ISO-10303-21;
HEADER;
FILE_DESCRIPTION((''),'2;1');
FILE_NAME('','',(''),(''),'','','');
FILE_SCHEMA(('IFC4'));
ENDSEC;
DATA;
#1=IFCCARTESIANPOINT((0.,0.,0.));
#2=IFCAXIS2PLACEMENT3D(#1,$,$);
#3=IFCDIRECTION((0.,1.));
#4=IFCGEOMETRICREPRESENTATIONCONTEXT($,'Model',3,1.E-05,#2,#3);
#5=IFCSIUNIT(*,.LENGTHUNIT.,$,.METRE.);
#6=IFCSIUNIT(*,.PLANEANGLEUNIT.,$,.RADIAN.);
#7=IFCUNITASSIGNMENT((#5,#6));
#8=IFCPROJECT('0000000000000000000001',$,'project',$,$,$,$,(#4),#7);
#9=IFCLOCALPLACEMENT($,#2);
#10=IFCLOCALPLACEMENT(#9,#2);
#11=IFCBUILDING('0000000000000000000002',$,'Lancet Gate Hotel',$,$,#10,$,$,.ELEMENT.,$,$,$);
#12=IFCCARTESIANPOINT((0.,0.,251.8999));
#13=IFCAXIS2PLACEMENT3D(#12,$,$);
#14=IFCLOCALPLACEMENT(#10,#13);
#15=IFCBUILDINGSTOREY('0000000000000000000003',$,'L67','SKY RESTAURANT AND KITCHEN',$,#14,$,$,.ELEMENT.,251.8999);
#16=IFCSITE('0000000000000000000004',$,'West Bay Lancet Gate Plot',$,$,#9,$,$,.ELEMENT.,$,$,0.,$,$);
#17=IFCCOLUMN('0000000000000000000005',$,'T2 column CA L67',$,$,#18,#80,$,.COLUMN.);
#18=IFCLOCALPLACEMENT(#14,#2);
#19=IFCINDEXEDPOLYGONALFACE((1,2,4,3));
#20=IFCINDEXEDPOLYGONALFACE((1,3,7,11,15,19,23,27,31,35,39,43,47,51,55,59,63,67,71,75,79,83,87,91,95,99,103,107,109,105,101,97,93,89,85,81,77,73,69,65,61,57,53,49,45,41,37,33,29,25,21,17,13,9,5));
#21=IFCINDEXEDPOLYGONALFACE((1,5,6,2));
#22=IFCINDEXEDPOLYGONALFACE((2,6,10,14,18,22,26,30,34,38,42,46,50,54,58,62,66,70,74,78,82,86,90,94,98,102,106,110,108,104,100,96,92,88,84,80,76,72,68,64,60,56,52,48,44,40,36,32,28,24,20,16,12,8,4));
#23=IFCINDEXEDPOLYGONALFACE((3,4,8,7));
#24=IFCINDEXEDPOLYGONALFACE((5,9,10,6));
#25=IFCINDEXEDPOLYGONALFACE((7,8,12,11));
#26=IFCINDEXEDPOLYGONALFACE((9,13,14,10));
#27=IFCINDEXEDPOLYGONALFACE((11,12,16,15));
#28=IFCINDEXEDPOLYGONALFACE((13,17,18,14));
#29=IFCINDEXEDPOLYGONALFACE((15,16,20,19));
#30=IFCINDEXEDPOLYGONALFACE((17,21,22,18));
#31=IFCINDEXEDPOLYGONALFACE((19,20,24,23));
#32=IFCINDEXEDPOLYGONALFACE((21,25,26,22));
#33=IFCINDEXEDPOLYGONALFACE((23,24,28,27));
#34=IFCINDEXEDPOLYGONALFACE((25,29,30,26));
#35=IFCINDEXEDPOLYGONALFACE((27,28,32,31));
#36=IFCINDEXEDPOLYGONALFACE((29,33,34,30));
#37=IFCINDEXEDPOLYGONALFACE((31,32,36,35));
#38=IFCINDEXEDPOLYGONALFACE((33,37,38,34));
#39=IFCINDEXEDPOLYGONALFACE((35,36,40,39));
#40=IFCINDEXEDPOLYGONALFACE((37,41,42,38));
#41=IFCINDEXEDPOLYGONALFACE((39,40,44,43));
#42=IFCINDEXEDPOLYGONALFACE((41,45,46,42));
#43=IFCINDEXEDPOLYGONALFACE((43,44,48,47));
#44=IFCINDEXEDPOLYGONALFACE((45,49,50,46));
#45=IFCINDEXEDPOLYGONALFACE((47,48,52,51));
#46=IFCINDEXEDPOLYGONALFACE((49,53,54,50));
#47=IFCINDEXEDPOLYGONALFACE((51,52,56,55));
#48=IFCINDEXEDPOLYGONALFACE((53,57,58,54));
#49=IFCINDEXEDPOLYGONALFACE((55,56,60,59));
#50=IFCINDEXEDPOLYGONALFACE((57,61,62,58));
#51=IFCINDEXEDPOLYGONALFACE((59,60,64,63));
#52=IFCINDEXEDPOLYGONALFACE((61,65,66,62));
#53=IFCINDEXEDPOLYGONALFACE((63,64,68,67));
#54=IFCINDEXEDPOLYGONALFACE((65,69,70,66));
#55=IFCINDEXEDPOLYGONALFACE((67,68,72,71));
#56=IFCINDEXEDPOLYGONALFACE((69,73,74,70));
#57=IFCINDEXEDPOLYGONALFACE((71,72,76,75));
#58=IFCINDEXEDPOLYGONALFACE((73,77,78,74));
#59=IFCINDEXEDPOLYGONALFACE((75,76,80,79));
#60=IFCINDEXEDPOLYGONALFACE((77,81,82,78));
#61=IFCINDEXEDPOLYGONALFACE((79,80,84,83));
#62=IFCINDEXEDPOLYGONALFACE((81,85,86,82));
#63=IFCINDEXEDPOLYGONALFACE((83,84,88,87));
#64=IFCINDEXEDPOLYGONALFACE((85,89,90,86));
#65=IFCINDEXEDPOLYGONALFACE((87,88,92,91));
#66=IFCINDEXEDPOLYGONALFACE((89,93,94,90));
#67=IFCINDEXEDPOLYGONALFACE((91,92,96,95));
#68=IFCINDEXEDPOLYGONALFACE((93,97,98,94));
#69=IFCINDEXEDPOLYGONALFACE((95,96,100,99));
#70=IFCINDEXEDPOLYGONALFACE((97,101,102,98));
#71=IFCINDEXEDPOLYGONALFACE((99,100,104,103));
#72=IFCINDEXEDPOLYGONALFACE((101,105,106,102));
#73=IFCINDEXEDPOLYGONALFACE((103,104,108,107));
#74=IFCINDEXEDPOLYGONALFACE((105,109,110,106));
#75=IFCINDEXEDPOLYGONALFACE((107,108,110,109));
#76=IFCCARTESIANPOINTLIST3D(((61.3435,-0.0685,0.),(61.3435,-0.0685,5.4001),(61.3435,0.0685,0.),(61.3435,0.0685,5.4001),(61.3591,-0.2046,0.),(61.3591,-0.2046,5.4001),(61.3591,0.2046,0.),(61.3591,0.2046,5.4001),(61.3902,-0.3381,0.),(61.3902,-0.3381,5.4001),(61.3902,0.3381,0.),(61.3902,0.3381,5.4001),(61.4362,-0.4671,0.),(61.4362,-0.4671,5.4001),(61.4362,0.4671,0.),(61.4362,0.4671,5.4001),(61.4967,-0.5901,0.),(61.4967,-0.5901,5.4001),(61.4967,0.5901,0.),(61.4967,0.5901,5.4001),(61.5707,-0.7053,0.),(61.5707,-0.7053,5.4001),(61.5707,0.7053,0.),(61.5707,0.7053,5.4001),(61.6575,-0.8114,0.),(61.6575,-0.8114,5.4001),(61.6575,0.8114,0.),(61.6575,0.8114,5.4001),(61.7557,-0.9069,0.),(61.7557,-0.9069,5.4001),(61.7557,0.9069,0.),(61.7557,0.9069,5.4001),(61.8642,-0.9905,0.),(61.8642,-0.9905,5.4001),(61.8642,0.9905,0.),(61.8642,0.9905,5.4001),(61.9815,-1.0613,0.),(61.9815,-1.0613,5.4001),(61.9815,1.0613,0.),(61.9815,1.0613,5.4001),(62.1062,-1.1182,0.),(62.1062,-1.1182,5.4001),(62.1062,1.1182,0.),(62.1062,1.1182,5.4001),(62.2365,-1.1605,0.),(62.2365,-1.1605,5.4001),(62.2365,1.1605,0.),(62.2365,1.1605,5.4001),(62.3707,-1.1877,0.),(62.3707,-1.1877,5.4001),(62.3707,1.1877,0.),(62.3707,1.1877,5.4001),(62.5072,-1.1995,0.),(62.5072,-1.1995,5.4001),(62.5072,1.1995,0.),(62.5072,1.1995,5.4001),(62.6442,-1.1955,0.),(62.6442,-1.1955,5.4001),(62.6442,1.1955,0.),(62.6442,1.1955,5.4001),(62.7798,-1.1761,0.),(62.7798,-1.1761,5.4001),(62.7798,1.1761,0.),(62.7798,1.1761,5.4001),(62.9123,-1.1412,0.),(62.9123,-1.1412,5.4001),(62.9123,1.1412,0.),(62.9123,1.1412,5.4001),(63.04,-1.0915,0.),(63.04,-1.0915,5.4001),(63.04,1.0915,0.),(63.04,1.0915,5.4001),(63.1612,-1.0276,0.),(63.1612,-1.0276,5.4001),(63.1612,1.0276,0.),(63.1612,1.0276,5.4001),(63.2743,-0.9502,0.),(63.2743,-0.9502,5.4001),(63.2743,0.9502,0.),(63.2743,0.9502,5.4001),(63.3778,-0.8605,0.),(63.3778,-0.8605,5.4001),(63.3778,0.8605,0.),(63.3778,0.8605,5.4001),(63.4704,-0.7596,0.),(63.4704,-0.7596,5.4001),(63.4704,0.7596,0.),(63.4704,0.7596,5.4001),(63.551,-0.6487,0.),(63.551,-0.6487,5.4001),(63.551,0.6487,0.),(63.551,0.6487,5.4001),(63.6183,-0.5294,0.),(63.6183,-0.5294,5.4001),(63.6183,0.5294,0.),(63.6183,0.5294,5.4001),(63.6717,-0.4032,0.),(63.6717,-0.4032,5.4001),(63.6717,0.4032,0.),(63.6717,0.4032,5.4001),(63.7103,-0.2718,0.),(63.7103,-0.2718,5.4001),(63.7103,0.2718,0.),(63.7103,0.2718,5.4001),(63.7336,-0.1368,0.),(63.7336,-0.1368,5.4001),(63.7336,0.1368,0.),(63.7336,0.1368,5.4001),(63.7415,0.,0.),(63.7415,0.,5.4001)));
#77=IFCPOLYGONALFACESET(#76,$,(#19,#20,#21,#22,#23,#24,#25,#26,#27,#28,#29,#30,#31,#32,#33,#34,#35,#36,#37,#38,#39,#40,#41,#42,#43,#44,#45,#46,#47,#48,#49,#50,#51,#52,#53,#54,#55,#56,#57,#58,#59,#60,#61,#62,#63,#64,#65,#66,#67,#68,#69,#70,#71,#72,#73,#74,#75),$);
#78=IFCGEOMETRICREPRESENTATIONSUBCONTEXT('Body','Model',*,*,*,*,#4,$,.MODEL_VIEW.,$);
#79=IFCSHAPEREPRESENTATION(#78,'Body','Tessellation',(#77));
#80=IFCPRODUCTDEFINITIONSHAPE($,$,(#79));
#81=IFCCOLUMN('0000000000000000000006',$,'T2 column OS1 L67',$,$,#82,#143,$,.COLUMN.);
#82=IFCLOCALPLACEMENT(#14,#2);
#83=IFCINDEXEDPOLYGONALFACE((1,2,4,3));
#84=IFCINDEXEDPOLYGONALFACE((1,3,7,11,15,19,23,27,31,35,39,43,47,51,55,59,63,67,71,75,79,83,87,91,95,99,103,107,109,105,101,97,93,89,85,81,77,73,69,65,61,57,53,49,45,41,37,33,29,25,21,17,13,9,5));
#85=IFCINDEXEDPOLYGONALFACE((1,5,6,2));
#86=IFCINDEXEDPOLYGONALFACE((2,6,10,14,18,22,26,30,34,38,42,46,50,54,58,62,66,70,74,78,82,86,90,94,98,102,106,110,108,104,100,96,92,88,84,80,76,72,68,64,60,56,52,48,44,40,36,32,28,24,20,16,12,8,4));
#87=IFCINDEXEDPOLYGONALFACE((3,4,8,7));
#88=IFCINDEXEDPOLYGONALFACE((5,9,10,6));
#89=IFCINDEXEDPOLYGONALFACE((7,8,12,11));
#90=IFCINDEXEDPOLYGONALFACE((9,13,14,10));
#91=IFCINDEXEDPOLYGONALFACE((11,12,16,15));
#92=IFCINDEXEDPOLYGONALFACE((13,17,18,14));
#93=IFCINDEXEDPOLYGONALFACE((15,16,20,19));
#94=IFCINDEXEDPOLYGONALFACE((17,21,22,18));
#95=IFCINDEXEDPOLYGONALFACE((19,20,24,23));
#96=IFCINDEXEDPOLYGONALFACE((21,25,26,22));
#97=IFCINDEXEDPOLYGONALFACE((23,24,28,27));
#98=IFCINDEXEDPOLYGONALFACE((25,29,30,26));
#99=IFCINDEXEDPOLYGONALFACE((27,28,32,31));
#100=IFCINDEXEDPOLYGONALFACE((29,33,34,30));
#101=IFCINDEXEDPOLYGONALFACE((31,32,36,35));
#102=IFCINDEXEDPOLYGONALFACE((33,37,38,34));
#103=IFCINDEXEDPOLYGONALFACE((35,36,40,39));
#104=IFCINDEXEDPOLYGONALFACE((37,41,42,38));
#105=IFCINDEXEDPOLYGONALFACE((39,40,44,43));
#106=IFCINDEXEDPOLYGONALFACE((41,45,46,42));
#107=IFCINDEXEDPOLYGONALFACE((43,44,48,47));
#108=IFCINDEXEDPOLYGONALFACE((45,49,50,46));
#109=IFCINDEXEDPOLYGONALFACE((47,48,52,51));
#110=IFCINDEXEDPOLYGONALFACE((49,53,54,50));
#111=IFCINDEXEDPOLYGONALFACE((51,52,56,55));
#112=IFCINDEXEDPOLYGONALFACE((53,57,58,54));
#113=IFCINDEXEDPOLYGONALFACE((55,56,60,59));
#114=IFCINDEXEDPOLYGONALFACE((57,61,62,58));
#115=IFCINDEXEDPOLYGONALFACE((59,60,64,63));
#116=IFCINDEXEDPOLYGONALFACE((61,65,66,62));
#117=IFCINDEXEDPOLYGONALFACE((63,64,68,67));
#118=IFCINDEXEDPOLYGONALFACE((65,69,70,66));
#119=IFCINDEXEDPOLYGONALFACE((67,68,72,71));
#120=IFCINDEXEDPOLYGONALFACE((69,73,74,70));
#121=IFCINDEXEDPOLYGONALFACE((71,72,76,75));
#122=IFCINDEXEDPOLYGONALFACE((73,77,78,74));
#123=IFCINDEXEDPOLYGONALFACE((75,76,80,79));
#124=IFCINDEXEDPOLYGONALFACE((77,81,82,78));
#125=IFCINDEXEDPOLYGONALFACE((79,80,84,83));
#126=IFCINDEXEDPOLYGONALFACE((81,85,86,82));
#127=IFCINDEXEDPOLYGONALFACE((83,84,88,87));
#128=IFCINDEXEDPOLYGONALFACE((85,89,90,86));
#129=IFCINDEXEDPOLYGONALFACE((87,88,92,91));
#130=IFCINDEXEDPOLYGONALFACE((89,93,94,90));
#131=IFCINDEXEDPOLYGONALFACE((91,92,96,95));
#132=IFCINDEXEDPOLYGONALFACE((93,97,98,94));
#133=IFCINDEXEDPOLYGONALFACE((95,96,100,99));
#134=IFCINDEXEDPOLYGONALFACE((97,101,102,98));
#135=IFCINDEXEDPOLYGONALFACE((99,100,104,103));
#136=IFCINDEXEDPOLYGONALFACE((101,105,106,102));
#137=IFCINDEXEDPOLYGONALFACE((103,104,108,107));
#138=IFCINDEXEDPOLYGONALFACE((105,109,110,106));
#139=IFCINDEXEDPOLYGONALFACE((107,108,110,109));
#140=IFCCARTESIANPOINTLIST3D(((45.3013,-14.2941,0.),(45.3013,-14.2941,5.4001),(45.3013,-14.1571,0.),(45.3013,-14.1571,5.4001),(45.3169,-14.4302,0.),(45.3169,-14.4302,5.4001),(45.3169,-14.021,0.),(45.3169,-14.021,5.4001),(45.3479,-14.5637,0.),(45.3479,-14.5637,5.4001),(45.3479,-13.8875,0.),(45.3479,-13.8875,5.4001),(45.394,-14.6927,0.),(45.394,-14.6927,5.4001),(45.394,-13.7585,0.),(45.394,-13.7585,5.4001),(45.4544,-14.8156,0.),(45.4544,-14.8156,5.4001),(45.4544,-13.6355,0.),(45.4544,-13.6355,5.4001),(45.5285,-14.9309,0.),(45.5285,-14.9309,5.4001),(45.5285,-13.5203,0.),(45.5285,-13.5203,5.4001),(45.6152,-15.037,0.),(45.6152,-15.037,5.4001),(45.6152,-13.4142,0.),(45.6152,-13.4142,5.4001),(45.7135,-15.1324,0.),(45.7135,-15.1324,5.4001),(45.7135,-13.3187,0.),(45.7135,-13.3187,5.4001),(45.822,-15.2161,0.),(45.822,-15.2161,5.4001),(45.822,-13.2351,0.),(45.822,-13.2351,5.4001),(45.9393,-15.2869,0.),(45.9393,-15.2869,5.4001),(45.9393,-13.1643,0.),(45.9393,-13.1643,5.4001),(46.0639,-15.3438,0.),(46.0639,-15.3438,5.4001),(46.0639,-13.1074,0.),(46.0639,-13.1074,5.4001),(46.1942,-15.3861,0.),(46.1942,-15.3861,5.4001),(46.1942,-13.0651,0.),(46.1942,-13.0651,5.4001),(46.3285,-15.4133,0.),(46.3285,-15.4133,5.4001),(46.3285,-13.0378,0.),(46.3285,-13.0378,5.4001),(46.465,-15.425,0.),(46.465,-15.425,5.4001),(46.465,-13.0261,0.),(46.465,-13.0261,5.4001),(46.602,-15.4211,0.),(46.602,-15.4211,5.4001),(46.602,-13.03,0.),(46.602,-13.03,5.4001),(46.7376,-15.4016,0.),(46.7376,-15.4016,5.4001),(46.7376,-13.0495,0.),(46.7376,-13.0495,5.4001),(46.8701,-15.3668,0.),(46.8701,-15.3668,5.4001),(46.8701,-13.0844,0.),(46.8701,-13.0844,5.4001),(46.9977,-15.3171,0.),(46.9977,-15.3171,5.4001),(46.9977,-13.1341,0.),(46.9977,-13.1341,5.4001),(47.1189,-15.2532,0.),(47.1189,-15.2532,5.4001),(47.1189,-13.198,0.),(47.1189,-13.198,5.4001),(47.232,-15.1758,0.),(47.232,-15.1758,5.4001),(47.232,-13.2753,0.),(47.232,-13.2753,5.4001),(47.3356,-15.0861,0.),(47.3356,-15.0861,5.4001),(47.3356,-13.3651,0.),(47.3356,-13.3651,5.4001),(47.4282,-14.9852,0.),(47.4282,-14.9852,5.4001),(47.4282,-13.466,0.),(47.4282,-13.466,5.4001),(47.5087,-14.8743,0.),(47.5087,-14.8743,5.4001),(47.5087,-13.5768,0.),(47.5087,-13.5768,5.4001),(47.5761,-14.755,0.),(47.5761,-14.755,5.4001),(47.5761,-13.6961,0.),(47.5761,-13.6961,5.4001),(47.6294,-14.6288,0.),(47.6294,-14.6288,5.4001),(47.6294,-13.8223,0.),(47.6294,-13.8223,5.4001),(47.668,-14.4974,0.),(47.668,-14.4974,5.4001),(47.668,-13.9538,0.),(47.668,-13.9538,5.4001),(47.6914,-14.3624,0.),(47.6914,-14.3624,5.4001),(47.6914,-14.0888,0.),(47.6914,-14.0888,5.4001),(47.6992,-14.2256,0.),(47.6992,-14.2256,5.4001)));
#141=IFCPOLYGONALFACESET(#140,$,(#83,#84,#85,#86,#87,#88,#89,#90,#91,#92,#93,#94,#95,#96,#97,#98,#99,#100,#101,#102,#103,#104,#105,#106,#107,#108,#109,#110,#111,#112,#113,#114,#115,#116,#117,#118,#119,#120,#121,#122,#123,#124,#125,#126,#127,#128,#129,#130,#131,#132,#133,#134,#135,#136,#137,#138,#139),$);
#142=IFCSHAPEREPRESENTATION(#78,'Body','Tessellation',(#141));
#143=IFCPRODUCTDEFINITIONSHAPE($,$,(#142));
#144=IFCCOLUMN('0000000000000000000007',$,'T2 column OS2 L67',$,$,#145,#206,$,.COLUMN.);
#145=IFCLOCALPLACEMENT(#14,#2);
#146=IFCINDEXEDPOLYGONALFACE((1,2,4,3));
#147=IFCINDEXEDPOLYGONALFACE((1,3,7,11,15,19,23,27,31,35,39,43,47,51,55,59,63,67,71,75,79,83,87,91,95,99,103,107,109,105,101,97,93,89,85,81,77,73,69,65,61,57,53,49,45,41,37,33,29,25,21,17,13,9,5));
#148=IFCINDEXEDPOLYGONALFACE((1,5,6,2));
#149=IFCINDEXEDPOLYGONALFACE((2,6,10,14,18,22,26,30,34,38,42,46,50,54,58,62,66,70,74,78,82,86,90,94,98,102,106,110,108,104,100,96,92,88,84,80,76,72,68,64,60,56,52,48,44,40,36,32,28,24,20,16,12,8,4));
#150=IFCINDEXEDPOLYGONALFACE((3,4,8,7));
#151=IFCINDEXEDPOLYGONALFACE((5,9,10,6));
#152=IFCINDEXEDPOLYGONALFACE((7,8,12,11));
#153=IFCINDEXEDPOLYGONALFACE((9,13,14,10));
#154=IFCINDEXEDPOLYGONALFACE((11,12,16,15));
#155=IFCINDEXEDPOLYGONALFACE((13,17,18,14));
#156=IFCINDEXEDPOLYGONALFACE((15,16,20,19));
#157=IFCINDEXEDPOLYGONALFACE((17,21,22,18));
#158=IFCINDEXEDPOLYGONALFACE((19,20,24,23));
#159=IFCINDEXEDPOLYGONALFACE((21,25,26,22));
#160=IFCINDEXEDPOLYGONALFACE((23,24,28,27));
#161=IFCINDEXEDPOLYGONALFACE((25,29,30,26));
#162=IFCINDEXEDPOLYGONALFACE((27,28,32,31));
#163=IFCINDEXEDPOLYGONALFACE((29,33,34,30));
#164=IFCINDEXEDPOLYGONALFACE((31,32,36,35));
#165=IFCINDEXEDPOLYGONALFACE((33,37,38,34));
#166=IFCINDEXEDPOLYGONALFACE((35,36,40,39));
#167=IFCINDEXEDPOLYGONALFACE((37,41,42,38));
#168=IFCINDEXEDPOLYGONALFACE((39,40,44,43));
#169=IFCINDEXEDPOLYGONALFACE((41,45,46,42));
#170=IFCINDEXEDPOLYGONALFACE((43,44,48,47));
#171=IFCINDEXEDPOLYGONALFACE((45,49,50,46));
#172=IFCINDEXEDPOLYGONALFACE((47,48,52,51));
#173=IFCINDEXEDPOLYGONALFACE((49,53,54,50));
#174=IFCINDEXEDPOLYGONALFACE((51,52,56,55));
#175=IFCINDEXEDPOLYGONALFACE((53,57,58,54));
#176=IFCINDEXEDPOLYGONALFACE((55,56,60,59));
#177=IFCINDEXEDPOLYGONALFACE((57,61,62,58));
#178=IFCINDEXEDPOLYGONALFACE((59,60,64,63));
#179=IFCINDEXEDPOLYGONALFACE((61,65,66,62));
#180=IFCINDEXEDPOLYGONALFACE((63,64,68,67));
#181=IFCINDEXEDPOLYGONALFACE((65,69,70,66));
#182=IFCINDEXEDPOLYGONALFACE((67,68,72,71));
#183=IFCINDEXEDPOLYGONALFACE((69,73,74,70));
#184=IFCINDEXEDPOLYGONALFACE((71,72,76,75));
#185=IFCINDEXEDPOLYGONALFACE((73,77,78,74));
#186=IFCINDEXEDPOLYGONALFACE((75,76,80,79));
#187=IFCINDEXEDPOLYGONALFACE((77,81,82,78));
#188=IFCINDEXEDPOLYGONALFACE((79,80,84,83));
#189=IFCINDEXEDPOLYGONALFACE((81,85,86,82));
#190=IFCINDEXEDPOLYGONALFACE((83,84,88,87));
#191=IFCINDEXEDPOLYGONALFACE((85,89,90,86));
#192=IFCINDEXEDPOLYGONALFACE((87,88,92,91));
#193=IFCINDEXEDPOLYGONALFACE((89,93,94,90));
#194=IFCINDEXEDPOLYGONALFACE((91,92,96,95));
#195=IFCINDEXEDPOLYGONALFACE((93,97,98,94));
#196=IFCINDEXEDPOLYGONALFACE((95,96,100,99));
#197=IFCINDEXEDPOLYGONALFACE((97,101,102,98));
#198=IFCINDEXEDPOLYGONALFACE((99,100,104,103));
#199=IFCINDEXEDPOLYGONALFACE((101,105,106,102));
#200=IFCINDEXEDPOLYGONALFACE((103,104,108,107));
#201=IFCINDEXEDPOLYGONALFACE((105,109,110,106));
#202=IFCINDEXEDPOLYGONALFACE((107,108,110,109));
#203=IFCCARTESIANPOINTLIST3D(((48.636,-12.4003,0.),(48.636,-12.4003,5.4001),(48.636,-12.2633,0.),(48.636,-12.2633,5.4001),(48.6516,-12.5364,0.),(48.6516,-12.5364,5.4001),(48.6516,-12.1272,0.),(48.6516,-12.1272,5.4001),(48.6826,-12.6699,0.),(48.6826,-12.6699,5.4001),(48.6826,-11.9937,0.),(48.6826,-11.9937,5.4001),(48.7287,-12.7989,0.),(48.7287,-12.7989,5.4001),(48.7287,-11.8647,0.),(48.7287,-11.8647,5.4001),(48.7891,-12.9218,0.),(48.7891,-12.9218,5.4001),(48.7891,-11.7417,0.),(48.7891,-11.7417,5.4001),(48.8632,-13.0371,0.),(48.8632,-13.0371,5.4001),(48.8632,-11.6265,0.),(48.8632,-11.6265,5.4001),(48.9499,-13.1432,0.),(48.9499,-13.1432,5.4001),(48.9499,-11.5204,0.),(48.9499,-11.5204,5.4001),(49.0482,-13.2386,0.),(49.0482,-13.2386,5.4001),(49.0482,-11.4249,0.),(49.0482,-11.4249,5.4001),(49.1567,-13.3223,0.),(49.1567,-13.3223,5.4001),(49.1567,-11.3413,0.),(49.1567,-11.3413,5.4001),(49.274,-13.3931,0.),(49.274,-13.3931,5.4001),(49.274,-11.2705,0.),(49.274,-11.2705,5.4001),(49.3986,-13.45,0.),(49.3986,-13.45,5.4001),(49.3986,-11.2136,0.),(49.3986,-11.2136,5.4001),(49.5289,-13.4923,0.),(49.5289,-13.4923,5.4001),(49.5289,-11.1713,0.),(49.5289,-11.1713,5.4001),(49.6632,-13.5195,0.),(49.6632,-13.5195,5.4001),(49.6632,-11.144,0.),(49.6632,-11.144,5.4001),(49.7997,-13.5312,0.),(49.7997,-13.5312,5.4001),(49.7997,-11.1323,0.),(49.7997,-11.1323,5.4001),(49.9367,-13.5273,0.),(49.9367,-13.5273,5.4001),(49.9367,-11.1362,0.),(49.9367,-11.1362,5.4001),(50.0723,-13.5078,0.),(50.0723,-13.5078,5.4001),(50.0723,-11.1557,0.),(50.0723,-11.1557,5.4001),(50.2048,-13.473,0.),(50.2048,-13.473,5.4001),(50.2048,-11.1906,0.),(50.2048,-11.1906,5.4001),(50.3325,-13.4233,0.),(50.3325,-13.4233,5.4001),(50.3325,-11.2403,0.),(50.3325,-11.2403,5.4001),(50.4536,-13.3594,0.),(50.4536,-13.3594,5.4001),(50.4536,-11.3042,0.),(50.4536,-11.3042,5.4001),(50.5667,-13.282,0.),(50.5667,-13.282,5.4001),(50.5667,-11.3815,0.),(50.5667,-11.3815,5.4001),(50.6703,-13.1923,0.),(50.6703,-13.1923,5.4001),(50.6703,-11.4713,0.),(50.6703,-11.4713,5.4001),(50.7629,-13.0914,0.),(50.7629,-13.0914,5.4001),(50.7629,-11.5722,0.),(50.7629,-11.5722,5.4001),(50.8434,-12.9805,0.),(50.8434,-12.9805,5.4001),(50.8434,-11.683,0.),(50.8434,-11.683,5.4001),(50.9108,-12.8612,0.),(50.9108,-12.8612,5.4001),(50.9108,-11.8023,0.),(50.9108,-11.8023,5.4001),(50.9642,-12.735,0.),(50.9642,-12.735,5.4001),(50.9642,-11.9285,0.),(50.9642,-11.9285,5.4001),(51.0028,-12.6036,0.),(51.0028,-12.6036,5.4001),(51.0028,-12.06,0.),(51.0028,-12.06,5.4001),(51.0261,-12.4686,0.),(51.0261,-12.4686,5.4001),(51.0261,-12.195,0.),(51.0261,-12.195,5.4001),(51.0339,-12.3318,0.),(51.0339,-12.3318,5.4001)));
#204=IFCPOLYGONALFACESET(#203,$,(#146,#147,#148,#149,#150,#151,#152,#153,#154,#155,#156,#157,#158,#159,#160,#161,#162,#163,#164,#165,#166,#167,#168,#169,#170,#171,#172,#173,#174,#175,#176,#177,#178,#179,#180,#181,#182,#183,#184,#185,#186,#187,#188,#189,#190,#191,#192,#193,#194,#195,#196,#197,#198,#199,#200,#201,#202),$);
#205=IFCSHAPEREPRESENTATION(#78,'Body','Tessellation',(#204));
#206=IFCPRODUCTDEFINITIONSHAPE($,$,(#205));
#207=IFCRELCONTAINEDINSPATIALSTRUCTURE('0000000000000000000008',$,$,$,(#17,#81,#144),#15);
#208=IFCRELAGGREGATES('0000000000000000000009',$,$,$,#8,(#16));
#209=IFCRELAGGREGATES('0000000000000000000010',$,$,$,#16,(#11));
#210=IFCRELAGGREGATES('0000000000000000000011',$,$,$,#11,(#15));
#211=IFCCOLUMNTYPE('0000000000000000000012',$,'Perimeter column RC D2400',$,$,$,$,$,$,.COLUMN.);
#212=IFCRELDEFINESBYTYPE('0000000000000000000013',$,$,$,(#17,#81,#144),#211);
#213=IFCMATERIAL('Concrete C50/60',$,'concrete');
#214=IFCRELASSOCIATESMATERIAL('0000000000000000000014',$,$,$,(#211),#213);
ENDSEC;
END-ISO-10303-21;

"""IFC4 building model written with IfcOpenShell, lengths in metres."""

from ifc_helpers import new_model, si_unit, direction, frame, origin, origin_2d, place, context, subcontext, project, spatial, circle, extrude, material, material_profile, profile_set, type_object, element, save


model = new_model("IFC4")

# Units and contexts
model_context = context("Model", 3, precision=1e-05, world=origin(), true_north=direction((0.0, 1.0)))
body_context = subcontext(model_context, "Body", "Model", "MODEL_VIEW")
ifc_project = project(units=[si_unit("LENGTHUNIT", "METRE"), si_unit("PLANEANGLEUNIT", "RADIAN")], contexts=[model_context])

# Site, building, storey
site_placement = place(None, origin())
site = spatial("IfcSite", under=ifc_project, at=site_placement, Name="West Bay Lancet Gate Plot", CompositionType="ELEMENT", RefElevation=0.0)
building_placement = place(site_placement, origin())
building = spatial("IfcBuilding", under=site, at=building_placement, Name="Lancet Gate Hotel", CompositionType="ELEMENT")
storey_placement = place(building_placement, frame((0.0, 0.0, 251.8999)))
storey = spatial("IfcBuildingStorey", under=building, at=storey_placement, Name="L67", Description="SKY RESTAURANT AND KITCHEN", CompositionType="ELEMENT", Elevation=251.8999)

# Columns
ifc_material_1 = material(Name="Concrete C50/60", Category="concrete")
ifc_material_profile_1 = material_profile(ifc_material_1, circle(Radius=1.2, at=origin_2d()), Name="RC D2400")
ifc_profile_set_1 = profile_set([ifc_material_profile_1], Name="Concrete C50/60")
column_type = type_object("IfcColumnType", Name="Perimeter column RC D2400", PredefinedType="COLUMN", material=ifc_profile_set_1)
for number, where, z_axis, x_axis, name in (
    (1, (62.5415, 0.0, 0.0), (0.0, 0.0, 1.0), (1.0, 0.0, 0.0), "T2 column CA L67"),
    (2, (46.4993, -14.2256, 0.0), (0.0, 0.0, 1.0), (1.0, 0.0, 0.0), "T2 column OS1 L67"),
    (3, (49.834, -12.3318, 0.0), (0.0, 0.0, 1.0), (1.0, 0.0, 0.0), "T2 column OS2 L67"),
):
    element("IfcColumn", number, at=place(storey_placement, frame(where, z_axis=z_axis, x_axis=x_axis)), inside=storey, type_object=column_type, Name=name, PredefinedType="COLUMN", context=body_context, shape_type="SweptSolid", body=[
        extrude(circle(Radius=1.2, at=origin_2d()), origin(), (0.0, 0.0, 1.0), 5.4001),
    ])

save(model, "model.ifc")
